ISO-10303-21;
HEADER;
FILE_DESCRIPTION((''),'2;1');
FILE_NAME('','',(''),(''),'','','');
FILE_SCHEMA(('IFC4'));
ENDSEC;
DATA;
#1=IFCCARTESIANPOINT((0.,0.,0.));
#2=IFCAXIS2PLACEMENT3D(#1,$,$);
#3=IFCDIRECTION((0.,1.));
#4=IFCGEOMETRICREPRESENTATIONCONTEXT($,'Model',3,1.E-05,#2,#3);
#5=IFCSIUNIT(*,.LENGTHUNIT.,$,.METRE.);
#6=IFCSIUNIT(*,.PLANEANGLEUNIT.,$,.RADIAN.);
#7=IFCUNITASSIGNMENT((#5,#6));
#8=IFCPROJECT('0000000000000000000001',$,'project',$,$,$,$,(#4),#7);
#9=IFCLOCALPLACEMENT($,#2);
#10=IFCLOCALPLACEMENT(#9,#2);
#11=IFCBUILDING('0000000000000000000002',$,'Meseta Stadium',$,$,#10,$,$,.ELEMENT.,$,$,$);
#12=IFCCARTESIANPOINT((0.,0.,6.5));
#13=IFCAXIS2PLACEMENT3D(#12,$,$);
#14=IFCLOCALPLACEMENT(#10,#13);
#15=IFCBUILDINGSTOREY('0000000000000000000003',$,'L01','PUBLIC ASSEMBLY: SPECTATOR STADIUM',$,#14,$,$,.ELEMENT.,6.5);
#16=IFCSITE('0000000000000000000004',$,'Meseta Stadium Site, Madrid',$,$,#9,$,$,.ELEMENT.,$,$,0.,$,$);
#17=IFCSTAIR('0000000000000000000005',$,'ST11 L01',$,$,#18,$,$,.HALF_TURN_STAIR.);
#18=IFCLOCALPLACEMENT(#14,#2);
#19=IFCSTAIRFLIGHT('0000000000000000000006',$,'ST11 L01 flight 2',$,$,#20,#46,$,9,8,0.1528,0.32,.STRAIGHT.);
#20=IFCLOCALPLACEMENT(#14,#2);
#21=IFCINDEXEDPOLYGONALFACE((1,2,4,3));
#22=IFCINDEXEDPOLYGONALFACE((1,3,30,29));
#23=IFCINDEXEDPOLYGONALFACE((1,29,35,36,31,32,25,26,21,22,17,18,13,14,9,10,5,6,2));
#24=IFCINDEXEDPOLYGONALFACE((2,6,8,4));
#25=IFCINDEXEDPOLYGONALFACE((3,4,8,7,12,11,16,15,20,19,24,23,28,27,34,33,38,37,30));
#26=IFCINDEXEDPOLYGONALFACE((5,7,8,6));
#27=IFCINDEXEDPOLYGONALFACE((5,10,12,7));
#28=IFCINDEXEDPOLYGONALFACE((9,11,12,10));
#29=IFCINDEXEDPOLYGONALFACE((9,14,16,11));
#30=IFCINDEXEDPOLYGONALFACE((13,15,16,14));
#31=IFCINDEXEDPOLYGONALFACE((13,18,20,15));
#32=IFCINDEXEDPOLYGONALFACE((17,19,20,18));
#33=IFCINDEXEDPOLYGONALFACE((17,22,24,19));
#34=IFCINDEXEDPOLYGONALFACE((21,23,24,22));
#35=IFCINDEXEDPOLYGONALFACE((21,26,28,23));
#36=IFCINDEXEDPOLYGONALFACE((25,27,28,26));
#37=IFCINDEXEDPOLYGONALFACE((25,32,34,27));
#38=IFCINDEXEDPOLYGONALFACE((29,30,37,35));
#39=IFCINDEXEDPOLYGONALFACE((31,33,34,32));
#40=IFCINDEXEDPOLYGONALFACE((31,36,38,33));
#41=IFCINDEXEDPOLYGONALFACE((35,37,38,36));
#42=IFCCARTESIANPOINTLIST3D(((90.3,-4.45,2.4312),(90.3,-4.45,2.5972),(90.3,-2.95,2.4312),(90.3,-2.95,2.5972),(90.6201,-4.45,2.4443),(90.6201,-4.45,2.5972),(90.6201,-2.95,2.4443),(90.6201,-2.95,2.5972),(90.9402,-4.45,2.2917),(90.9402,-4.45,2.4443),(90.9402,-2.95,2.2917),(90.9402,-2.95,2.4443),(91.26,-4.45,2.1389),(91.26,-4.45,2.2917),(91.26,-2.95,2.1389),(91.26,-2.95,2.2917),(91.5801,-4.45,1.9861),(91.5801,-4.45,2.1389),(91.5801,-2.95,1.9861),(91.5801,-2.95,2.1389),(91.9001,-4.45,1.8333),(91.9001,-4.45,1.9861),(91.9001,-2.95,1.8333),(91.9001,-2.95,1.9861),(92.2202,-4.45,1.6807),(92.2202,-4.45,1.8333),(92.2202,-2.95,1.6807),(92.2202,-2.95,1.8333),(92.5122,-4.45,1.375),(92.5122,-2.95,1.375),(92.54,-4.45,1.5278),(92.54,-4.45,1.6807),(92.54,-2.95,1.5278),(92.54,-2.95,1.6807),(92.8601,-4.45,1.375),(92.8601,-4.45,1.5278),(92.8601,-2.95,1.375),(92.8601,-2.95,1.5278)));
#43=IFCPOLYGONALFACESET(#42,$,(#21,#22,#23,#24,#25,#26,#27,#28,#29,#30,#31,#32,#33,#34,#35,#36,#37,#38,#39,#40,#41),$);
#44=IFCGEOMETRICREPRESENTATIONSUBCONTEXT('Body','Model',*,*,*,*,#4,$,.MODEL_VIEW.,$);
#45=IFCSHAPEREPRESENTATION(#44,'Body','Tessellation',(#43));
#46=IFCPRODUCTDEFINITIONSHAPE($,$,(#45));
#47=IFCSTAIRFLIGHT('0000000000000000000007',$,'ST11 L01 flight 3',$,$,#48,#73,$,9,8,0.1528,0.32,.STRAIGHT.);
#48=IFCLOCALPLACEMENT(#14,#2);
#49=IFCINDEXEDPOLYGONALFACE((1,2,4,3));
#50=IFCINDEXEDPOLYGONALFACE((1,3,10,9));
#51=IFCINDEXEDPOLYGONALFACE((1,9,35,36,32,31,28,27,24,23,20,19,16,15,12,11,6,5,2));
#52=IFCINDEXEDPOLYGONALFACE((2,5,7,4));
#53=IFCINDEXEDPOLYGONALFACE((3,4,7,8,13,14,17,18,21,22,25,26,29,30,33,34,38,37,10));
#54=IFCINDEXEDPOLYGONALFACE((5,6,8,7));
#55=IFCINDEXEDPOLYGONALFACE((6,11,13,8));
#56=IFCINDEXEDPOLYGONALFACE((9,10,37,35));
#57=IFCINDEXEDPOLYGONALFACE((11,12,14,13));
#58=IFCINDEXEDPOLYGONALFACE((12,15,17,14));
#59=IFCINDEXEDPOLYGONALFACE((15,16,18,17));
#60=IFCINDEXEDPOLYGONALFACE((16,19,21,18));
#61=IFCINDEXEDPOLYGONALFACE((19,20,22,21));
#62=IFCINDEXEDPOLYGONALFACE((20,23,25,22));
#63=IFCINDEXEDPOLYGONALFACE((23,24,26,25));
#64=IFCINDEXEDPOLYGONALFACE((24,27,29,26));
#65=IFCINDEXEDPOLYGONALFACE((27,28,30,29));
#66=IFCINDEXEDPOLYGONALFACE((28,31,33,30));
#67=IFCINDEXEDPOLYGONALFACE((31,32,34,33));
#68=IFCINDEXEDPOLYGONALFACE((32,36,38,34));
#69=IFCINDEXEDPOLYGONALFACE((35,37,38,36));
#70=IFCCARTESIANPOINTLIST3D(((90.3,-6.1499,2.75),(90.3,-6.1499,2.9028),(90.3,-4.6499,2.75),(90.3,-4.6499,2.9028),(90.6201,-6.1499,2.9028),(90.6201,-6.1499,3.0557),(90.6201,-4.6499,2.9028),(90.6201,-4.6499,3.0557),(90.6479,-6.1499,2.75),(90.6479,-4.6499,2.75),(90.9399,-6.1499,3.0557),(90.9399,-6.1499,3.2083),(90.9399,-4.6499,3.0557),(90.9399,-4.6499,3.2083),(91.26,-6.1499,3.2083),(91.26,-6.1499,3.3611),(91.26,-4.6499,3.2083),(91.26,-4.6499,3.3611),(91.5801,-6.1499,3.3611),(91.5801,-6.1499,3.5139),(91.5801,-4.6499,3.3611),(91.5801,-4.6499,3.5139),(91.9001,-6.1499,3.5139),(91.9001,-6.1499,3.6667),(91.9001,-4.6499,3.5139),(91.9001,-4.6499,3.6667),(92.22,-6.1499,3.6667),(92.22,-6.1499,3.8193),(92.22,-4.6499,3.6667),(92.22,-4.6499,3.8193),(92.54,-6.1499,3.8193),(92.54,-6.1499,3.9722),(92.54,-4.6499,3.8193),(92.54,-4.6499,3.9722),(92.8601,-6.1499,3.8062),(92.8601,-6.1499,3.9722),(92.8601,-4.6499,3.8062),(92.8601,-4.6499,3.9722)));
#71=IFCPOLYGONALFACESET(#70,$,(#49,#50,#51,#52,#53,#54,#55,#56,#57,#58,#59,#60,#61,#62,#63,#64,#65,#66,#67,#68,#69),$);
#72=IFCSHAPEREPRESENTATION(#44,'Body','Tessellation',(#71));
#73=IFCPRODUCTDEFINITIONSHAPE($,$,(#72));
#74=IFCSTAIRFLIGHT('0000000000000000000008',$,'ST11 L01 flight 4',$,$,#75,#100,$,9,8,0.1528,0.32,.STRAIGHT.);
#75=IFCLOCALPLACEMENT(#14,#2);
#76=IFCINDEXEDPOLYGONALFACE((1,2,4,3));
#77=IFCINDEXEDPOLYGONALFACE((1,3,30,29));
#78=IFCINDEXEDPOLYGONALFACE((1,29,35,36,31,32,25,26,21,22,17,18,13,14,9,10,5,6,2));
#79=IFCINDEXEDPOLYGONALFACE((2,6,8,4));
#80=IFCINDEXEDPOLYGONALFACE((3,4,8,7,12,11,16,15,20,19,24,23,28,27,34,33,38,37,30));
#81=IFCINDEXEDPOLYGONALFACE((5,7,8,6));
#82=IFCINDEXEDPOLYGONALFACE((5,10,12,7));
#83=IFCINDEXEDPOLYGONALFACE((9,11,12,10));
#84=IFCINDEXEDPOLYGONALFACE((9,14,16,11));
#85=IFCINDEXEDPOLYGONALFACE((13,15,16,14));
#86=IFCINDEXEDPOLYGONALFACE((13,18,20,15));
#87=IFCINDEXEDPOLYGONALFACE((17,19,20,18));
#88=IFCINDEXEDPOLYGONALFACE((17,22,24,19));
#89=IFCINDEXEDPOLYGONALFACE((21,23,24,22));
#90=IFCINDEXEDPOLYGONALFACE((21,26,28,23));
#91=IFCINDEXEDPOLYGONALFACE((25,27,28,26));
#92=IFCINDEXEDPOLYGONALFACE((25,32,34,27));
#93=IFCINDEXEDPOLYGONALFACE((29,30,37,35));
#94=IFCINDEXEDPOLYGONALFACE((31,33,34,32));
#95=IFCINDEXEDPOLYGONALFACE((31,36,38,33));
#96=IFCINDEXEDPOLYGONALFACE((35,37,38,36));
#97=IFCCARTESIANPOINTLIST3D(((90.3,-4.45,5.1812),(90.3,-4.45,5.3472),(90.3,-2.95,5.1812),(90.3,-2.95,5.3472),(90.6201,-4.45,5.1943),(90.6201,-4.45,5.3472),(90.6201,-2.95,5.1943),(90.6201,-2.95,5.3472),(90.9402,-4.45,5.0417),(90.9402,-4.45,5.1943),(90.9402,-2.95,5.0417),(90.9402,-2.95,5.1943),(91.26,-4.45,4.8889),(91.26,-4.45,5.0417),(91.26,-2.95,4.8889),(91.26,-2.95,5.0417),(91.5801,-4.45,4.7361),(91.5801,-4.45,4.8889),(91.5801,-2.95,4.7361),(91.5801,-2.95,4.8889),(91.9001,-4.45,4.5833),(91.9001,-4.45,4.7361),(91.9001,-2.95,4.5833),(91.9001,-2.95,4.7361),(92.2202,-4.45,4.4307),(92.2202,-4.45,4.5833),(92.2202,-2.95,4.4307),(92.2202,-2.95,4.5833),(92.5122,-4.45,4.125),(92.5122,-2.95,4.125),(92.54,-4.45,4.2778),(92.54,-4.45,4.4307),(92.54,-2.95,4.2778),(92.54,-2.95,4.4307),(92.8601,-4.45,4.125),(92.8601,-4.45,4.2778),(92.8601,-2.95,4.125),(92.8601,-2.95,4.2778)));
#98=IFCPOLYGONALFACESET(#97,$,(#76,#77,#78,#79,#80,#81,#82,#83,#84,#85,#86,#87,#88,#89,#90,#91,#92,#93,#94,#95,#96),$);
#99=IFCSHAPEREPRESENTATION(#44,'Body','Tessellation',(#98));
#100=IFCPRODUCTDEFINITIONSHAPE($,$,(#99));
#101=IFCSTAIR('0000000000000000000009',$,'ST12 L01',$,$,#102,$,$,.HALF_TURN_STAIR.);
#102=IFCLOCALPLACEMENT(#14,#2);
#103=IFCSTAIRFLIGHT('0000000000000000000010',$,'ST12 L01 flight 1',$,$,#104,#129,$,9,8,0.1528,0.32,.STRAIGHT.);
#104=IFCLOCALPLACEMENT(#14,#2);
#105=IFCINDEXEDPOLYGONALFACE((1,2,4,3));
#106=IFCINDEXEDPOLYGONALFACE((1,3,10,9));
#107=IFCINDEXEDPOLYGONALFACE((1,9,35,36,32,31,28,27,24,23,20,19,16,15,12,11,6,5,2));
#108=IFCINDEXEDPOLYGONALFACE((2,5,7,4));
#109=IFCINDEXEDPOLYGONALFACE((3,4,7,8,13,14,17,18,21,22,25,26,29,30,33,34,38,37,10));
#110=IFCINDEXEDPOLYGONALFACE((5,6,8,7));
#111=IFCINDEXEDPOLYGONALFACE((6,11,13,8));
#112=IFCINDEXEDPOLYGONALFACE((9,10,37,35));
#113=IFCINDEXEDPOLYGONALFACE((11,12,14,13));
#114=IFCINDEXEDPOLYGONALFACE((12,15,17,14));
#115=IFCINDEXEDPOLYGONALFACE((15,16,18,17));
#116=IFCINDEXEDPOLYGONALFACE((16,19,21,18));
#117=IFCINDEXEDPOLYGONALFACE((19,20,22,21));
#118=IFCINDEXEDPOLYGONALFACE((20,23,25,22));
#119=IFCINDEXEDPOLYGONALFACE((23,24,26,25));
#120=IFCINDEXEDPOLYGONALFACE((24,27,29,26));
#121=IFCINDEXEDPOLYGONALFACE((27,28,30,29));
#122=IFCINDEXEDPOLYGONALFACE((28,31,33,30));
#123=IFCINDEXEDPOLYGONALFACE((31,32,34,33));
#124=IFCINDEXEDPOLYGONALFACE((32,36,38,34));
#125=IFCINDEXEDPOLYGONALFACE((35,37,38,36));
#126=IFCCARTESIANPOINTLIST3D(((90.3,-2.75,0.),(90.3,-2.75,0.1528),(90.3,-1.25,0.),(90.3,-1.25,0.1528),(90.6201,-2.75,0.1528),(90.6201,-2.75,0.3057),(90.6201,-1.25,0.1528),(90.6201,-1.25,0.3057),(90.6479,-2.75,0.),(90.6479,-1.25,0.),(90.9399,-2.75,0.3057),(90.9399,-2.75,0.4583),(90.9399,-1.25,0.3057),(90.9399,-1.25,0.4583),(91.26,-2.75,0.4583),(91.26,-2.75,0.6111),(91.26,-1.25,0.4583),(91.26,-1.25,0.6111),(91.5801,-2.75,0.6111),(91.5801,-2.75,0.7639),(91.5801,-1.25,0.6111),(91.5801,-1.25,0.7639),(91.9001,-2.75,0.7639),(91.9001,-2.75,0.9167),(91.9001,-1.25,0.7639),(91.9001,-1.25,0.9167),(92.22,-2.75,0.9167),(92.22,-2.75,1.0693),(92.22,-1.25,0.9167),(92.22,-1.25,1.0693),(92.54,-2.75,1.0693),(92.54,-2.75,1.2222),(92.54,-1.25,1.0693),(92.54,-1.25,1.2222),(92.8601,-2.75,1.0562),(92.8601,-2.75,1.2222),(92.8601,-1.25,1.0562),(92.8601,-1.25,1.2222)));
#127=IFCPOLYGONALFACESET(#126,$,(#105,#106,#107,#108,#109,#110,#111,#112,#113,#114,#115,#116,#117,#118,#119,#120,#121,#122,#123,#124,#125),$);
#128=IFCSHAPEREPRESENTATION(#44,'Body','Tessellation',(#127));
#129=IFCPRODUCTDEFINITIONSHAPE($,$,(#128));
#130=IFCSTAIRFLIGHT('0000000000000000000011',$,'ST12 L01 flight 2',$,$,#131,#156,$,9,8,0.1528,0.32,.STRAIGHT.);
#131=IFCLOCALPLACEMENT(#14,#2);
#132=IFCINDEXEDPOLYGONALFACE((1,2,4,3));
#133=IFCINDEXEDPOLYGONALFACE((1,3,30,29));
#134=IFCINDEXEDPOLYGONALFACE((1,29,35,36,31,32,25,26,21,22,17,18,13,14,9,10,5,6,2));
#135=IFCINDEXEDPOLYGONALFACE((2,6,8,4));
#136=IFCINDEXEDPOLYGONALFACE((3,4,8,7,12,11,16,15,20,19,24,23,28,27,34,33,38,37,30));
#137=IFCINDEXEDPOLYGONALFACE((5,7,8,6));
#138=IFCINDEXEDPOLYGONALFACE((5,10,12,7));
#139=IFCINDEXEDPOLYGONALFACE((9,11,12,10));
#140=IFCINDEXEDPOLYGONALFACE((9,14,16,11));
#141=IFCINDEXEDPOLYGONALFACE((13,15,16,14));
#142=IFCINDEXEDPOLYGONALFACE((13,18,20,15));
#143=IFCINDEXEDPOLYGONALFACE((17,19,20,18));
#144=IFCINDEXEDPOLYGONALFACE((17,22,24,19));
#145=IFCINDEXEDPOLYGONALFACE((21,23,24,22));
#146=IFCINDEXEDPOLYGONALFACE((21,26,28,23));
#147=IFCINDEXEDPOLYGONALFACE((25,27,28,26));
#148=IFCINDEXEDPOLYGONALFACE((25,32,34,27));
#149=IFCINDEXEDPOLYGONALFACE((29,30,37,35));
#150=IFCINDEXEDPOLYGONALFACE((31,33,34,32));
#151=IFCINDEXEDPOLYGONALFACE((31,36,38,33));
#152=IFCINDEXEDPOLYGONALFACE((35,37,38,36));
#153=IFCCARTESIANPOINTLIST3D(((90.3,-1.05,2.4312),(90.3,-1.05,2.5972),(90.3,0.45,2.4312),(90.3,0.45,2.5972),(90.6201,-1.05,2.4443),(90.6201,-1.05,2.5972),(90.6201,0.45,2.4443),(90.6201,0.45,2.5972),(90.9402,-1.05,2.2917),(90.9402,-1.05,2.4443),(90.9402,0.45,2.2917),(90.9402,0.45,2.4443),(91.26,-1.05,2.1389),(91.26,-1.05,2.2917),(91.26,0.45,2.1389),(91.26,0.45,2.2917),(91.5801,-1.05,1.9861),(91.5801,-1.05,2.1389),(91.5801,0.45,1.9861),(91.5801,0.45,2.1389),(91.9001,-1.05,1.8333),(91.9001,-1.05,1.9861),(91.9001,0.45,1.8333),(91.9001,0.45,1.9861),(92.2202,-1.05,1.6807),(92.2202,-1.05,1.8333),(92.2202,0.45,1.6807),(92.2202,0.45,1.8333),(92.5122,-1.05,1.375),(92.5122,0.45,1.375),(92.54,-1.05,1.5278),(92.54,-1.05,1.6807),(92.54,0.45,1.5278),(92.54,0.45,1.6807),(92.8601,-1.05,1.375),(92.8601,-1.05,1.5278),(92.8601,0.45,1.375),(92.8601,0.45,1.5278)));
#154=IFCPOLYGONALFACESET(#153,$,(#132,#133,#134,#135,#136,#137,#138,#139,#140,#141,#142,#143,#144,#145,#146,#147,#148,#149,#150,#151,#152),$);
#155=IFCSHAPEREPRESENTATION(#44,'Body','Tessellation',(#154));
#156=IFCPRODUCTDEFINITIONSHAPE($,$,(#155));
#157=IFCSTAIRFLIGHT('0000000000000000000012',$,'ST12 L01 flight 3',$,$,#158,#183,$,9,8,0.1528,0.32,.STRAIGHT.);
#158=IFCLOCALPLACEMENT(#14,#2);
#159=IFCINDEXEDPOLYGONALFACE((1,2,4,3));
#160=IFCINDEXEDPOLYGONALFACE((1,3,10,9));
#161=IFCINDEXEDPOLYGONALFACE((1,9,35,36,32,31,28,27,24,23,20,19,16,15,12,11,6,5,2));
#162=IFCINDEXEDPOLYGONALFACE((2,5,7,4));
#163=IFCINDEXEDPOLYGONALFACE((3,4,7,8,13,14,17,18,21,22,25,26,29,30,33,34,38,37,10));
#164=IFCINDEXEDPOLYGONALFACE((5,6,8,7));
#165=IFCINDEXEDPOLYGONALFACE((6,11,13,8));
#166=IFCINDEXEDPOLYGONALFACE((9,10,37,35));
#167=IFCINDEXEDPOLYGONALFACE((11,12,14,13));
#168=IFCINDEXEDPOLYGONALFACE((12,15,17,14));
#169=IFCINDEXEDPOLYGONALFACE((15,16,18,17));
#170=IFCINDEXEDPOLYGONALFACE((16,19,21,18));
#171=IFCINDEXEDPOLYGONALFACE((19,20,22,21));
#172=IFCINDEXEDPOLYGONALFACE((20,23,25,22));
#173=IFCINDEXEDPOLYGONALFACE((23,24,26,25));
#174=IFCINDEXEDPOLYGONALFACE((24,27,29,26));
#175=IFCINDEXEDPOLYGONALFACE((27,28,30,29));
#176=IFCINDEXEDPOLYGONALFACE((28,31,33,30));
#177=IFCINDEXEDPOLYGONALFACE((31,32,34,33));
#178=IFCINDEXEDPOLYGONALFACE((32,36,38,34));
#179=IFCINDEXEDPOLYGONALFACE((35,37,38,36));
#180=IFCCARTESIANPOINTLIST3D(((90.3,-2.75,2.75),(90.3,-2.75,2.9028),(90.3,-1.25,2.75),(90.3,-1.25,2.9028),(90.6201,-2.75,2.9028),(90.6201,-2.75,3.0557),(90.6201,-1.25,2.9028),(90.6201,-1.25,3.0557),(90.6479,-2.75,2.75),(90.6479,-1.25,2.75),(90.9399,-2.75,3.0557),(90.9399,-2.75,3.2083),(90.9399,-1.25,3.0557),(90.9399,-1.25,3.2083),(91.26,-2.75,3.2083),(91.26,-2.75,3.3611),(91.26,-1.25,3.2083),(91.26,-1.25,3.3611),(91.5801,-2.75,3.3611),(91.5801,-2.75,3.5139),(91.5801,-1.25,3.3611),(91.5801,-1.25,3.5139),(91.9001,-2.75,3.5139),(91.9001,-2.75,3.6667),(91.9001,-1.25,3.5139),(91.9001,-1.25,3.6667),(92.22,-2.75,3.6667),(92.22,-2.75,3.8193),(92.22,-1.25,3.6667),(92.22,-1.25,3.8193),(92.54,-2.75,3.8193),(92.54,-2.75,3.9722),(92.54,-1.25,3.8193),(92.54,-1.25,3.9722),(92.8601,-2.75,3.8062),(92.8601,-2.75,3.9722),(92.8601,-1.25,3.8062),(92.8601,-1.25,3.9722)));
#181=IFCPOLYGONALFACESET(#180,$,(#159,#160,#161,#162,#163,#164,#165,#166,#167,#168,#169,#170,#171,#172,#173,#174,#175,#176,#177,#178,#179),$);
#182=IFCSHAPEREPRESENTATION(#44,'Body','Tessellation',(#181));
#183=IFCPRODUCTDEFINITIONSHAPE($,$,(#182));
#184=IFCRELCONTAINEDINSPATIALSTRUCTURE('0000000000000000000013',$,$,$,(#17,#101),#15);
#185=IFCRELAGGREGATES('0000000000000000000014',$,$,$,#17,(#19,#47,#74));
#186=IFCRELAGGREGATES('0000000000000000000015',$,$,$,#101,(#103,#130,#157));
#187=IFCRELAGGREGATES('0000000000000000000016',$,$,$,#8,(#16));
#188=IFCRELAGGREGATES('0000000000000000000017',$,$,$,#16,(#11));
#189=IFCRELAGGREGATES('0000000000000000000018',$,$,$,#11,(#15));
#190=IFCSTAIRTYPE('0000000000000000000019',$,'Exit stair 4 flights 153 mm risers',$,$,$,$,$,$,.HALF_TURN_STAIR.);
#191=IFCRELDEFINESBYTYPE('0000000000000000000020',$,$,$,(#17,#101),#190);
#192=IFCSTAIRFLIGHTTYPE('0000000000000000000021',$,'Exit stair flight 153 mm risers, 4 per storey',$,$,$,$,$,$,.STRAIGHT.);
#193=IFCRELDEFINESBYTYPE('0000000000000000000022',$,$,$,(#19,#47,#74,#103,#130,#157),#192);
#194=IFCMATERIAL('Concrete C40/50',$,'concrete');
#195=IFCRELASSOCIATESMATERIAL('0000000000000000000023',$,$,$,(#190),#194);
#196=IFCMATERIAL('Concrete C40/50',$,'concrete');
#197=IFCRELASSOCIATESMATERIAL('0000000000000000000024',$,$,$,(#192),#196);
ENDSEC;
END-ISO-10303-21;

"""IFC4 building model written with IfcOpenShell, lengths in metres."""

from ifc_helpers import new_model, si_unit, direction, frame, origin, place, context, subcontext, project, spatial, polyline, outline, extrude, material, type_object, element, aggregate, save


model = new_model("IFC4")

# Units and contexts
model_context = context("Model", 3, precision=1e-05, world=origin(), true_north=direction((0.0, 1.0)))
body_context = subcontext(model_context, "Body", "Model", "MODEL_VIEW")
ifc_project = project(units=[si_unit("LENGTHUNIT", "METRE"), si_unit("PLANEANGLEUNIT", "RADIAN")], contexts=[model_context])

# Site, building, storey
site_placement = place(None, origin())
site = spatial("IfcSite", under=ifc_project, at=site_placement, Name="Meseta Stadium Site, Madrid", CompositionType="ELEMENT", RefElevation=0.0)
building_placement = place(site_placement, origin())
building = spatial("IfcBuilding", under=site, at=building_placement, Name="Meseta Stadium", CompositionType="ELEMENT")
storey_placement = place(building_placement, frame((0.0, 0.0, 6.5)))
storey = spatial("IfcBuildingStorey", under=building, at=storey_placement, Name="L01", Description="PUBLIC ASSEMBLY: SPECTATOR STADIUM", CompositionType="ELEMENT", Elevation=6.5)

# Stairs, stair flights
ifc_material_1 = material(Name="Concrete C40/50", Category="concrete")
stair_type = type_object("IfcStairType", Name="Exit stair 4 flights 153 mm risers", PredefinedType="HALF_TURN_STAIR", material=ifc_material_1)
stair_1_placement = place(storey_placement, origin())
stair_1 = element("IfcStair", 1, at=stair_1_placement, inside=storey, type_object=stair_type, Name="ST11 L01", PredefinedType="HALF_TURN_STAIR")
ifc_material_2 = material(Name="Concrete C40/50", Category="concrete")
stair_flight_type = type_object("IfcStairFlightType", Name="Exit stair flight 153 mm risers, 4 per storey", PredefinedType="STRAIGHT", material=ifc_material_2)
stair_flight_1_placement = place(storey_placement, frame((92.8601, -3.7, 1.375), z_axis=(0.0, 0.0, 1.0), x_axis=(-1.0, 0.0, 0.0)))
stair_flight_1 = element("IfcStairFlight", 2, at=stair_flight_1_placement, type_object=stair_flight_type, Name="ST11 L01 flight 2", NumberOfRisers=9, NumberOfTreads=8, PredefinedType="STRAIGHT", RiserHeight=0.1528, TreadLength=0.32, context=body_context, shape_type="SweptSolid", body=[
    extrude(outline(polyline([(0.0, 0.0), (0.0, 0.1528), (0.3201, 0.1528), (0.3201, 0.3057), (0.6399, 0.3057), (0.6399, 0.4583), (0.96, 0.4583), (0.96, 0.6111), (1.28, 0.6111), (1.28, 0.7639), (1.6001, 0.7639), (1.6001, 0.9167), (1.9199, 0.9167), (1.9199, 1.0693), (2.24, 1.0693), (2.24, 1.2222), (2.5601, 1.2222), (2.5601, 1.0562), (0.3479, 0.0), (0.0, 0.0)])), frame((0.0, 0.75, 0.0), z_axis=(0.0, -1.0, 0.0), x_axis=(1.0, 0.0, 0.0)), (0.0, 0.0, 1.0), 1.5),
])
stair_flight_2_placement = place(storey_placement, frame((90.3, -5.3999, 2.75), z_axis=(0.0, 0.0, 1.0), x_axis=(1.0, 0.0, 0.0)))
stair_flight_2 = element("IfcStairFlight", 3, at=stair_flight_2_placement, type_object=stair_flight_type, Name="ST11 L01 flight 3", NumberOfRisers=9, NumberOfTreads=8, PredefinedType="STRAIGHT", RiserHeight=0.1528, TreadLength=0.32, context=body_context, shape_type="SweptSolid", body=[
    extrude(outline(polyline([(0.0, 0.0), (0.0, 0.1528), (0.3201, 0.1528), (0.3201, 0.3057), (0.6399, 0.3057), (0.6399, 0.4583), (0.96, 0.4583), (0.96, 0.6111), (1.28, 0.6111), (1.28, 0.7639), (1.6001, 0.7639), (1.6001, 0.9167), (1.9199, 0.9167), (1.9199, 1.0693), (2.24, 1.0693), (2.24, 1.2222), (2.5601, 1.2222), (2.5601, 1.0562), (0.3479, 0.0), (0.0, 0.0)])), frame((0.0, 0.75, 0.0), z_axis=(0.0, -1.0, 0.0), x_axis=(1.0, 0.0, 0.0)), (0.0, 0.0, 1.0), 1.5),
])
stair_flight_3_placement = place(storey_placement, frame((92.8601, -3.7, 4.125), z_axis=(0.0, 0.0, 1.0), x_axis=(-1.0, 0.0, 0.0)))
stair_flight_3 = element("IfcStairFlight", 4, at=stair_flight_3_placement, type_object=stair_flight_type, Name="ST11 L01 flight 4", NumberOfRisers=9, NumberOfTreads=8, PredefinedType="STRAIGHT", RiserHeight=0.1528, TreadLength=0.32, context=body_context, shape_type="SweptSolid", body=[
    extrude(outline(polyline([(0.0, 0.0), (0.0, 0.1528), (0.3201, 0.1528), (0.3201, 0.3057), (0.6399, 0.3057), (0.6399, 0.4583), (0.96, 0.4583), (0.96, 0.6111), (1.28, 0.6111), (1.28, 0.7639), (1.6001, 0.7639), (1.6001, 0.9167), (1.9199, 0.9167), (1.9199, 1.0693), (2.24, 1.0693), (2.24, 1.2222), (2.5601, 1.2222), (2.5601, 1.0562), (0.3479, 0.0), (0.0, 0.0)])), frame((0.0, 0.75, 0.0), z_axis=(0.0, -1.0, 0.0), x_axis=(1.0, 0.0, 0.0)), (0.0, 0.0, 1.0), 1.5),
])
aggregate(stair_1, [stair_flight_1, stair_flight_2, stair_flight_3])
stair_2_placement = place(storey_placement, origin())
stair_2 = element("IfcStair", 5, at=stair_2_placement, inside=storey, type_object=stair_type, Name="ST12 L01", PredefinedType="HALF_TURN_STAIR")
stair_flight_4_placement = place(storey_placement, frame((90.3, -2.0, 0.0), z_axis=(0.0, 0.0, 1.0), x_axis=(1.0, 0.0, 0.0)))
stair_flight_4 = element("IfcStairFlight", 6, at=stair_flight_4_placement, type_object=stair_flight_type, Name="ST12 L01 flight 1", NumberOfRisers=9, NumberOfTreads=8, PredefinedType="STRAIGHT", RiserHeight=0.1528, TreadLength=0.32, context=body_context, shape_type="SweptSolid", body=[
    extrude(outline(polyline([(0.0, 0.0), (0.0, 0.1528), (0.3201, 0.1528), (0.3201, 0.3057), (0.6399, 0.3057), (0.6399, 0.4583), (0.96, 0.4583), (0.96, 0.6111), (1.28, 0.6111), (1.28, 0.7639), (1.6001, 0.7639), (1.6001, 0.9167), (1.9199, 0.9167), (1.9199, 1.0693), (2.24, 1.0693), (2.24, 1.2222), (2.5601, 1.2222), (2.5601, 1.0562), (0.3479, 0.0), (0.0, 0.0)])), frame((0.0, 0.75, 0.0), z_axis=(0.0, -1.0, 0.0), x_axis=(1.0, 0.0, 0.0)), (0.0, 0.0, 1.0), 1.5),
])
stair_flight_5_placement = place(storey_placement, frame((92.8601, -0.3, 1.375), z_axis=(0.0, 0.0, 1.0), x_axis=(-1.0, 0.0, 0.0)))
stair_flight_5 = element("IfcStairFlight", 7, at=stair_flight_5_placement, type_object=stair_flight_type, Name="ST12 L01 flight 2", NumberOfRisers=9, NumberOfTreads=8, PredefinedType="STRAIGHT", RiserHeight=0.1528, TreadLength=0.32, context=body_context, shape_type="SweptSolid", body=[
    extrude(outline(polyline([(0.0, 0.0), (0.0, 0.1528), (0.3201, 0.1528), (0.3201, 0.3057), (0.6399, 0.3057), (0.6399, 0.4583), (0.96, 0.4583), (0.96, 0.6111), (1.28, 0.6111), (1.28, 0.7639), (1.6001, 0.7639), (1.6001, 0.9167), (1.9199, 0.9167), (1.9199, 1.0693), (2.24, 1.0693), (2.24, 1.2222), (2.5601, 1.2222), (2.5601, 1.0562), (0.3479, 0.0), (0.0, 0.0)])), frame((0.0, 0.75, 0.0), z_axis=(0.0, -1.0, 0.0), x_axis=(1.0, 0.0, 0.0)), (0.0, 0.0, 1.0), 1.5),
])
stair_flight_6_placement = place(storey_placement, frame((90.3, -2.0, 2.75), z_axis=(0.0, 0.0, 1.0), x_axis=(1.0, 0.0, 0.0)))
stair_flight_6 = element("IfcStairFlight", 8, at=stair_flight_6_placement, type_object=stair_flight_type, Name="ST12 L01 flight 3", NumberOfRisers=9, NumberOfTreads=8, PredefinedType="STRAIGHT", RiserHeight=0.1528, TreadLength=0.32, context=body_context, shape_type="SweptSolid", body=[
    extrude(outline(polyline([(0.0, 0.0), (0.0, 0.1528), (0.3201, 0.1528), (0.3201, 0.3057), (0.6399, 0.3057), (0.6399, 0.4583), (0.96, 0.4583), (0.96, 0.6111), (1.28, 0.6111), (1.28, 0.7639), (1.6001, 0.7639), (1.6001, 0.9167), (1.9199, 0.9167), (1.9199, 1.0693), (2.24, 1.0693), (2.24, 1.2222), (2.5601, 1.2222), (2.5601, 1.0562), (0.3479, 0.0), (0.0, 0.0)])), frame((0.0, 0.75, 0.0), z_axis=(0.0, -1.0, 0.0), x_axis=(1.0, 0.0, 0.0)), (0.0, 0.0, 1.0), 1.5),
])
aggregate(stair_2, [stair_flight_4, stair_flight_5, stair_flight_6])

save(model, "model.ifc")
